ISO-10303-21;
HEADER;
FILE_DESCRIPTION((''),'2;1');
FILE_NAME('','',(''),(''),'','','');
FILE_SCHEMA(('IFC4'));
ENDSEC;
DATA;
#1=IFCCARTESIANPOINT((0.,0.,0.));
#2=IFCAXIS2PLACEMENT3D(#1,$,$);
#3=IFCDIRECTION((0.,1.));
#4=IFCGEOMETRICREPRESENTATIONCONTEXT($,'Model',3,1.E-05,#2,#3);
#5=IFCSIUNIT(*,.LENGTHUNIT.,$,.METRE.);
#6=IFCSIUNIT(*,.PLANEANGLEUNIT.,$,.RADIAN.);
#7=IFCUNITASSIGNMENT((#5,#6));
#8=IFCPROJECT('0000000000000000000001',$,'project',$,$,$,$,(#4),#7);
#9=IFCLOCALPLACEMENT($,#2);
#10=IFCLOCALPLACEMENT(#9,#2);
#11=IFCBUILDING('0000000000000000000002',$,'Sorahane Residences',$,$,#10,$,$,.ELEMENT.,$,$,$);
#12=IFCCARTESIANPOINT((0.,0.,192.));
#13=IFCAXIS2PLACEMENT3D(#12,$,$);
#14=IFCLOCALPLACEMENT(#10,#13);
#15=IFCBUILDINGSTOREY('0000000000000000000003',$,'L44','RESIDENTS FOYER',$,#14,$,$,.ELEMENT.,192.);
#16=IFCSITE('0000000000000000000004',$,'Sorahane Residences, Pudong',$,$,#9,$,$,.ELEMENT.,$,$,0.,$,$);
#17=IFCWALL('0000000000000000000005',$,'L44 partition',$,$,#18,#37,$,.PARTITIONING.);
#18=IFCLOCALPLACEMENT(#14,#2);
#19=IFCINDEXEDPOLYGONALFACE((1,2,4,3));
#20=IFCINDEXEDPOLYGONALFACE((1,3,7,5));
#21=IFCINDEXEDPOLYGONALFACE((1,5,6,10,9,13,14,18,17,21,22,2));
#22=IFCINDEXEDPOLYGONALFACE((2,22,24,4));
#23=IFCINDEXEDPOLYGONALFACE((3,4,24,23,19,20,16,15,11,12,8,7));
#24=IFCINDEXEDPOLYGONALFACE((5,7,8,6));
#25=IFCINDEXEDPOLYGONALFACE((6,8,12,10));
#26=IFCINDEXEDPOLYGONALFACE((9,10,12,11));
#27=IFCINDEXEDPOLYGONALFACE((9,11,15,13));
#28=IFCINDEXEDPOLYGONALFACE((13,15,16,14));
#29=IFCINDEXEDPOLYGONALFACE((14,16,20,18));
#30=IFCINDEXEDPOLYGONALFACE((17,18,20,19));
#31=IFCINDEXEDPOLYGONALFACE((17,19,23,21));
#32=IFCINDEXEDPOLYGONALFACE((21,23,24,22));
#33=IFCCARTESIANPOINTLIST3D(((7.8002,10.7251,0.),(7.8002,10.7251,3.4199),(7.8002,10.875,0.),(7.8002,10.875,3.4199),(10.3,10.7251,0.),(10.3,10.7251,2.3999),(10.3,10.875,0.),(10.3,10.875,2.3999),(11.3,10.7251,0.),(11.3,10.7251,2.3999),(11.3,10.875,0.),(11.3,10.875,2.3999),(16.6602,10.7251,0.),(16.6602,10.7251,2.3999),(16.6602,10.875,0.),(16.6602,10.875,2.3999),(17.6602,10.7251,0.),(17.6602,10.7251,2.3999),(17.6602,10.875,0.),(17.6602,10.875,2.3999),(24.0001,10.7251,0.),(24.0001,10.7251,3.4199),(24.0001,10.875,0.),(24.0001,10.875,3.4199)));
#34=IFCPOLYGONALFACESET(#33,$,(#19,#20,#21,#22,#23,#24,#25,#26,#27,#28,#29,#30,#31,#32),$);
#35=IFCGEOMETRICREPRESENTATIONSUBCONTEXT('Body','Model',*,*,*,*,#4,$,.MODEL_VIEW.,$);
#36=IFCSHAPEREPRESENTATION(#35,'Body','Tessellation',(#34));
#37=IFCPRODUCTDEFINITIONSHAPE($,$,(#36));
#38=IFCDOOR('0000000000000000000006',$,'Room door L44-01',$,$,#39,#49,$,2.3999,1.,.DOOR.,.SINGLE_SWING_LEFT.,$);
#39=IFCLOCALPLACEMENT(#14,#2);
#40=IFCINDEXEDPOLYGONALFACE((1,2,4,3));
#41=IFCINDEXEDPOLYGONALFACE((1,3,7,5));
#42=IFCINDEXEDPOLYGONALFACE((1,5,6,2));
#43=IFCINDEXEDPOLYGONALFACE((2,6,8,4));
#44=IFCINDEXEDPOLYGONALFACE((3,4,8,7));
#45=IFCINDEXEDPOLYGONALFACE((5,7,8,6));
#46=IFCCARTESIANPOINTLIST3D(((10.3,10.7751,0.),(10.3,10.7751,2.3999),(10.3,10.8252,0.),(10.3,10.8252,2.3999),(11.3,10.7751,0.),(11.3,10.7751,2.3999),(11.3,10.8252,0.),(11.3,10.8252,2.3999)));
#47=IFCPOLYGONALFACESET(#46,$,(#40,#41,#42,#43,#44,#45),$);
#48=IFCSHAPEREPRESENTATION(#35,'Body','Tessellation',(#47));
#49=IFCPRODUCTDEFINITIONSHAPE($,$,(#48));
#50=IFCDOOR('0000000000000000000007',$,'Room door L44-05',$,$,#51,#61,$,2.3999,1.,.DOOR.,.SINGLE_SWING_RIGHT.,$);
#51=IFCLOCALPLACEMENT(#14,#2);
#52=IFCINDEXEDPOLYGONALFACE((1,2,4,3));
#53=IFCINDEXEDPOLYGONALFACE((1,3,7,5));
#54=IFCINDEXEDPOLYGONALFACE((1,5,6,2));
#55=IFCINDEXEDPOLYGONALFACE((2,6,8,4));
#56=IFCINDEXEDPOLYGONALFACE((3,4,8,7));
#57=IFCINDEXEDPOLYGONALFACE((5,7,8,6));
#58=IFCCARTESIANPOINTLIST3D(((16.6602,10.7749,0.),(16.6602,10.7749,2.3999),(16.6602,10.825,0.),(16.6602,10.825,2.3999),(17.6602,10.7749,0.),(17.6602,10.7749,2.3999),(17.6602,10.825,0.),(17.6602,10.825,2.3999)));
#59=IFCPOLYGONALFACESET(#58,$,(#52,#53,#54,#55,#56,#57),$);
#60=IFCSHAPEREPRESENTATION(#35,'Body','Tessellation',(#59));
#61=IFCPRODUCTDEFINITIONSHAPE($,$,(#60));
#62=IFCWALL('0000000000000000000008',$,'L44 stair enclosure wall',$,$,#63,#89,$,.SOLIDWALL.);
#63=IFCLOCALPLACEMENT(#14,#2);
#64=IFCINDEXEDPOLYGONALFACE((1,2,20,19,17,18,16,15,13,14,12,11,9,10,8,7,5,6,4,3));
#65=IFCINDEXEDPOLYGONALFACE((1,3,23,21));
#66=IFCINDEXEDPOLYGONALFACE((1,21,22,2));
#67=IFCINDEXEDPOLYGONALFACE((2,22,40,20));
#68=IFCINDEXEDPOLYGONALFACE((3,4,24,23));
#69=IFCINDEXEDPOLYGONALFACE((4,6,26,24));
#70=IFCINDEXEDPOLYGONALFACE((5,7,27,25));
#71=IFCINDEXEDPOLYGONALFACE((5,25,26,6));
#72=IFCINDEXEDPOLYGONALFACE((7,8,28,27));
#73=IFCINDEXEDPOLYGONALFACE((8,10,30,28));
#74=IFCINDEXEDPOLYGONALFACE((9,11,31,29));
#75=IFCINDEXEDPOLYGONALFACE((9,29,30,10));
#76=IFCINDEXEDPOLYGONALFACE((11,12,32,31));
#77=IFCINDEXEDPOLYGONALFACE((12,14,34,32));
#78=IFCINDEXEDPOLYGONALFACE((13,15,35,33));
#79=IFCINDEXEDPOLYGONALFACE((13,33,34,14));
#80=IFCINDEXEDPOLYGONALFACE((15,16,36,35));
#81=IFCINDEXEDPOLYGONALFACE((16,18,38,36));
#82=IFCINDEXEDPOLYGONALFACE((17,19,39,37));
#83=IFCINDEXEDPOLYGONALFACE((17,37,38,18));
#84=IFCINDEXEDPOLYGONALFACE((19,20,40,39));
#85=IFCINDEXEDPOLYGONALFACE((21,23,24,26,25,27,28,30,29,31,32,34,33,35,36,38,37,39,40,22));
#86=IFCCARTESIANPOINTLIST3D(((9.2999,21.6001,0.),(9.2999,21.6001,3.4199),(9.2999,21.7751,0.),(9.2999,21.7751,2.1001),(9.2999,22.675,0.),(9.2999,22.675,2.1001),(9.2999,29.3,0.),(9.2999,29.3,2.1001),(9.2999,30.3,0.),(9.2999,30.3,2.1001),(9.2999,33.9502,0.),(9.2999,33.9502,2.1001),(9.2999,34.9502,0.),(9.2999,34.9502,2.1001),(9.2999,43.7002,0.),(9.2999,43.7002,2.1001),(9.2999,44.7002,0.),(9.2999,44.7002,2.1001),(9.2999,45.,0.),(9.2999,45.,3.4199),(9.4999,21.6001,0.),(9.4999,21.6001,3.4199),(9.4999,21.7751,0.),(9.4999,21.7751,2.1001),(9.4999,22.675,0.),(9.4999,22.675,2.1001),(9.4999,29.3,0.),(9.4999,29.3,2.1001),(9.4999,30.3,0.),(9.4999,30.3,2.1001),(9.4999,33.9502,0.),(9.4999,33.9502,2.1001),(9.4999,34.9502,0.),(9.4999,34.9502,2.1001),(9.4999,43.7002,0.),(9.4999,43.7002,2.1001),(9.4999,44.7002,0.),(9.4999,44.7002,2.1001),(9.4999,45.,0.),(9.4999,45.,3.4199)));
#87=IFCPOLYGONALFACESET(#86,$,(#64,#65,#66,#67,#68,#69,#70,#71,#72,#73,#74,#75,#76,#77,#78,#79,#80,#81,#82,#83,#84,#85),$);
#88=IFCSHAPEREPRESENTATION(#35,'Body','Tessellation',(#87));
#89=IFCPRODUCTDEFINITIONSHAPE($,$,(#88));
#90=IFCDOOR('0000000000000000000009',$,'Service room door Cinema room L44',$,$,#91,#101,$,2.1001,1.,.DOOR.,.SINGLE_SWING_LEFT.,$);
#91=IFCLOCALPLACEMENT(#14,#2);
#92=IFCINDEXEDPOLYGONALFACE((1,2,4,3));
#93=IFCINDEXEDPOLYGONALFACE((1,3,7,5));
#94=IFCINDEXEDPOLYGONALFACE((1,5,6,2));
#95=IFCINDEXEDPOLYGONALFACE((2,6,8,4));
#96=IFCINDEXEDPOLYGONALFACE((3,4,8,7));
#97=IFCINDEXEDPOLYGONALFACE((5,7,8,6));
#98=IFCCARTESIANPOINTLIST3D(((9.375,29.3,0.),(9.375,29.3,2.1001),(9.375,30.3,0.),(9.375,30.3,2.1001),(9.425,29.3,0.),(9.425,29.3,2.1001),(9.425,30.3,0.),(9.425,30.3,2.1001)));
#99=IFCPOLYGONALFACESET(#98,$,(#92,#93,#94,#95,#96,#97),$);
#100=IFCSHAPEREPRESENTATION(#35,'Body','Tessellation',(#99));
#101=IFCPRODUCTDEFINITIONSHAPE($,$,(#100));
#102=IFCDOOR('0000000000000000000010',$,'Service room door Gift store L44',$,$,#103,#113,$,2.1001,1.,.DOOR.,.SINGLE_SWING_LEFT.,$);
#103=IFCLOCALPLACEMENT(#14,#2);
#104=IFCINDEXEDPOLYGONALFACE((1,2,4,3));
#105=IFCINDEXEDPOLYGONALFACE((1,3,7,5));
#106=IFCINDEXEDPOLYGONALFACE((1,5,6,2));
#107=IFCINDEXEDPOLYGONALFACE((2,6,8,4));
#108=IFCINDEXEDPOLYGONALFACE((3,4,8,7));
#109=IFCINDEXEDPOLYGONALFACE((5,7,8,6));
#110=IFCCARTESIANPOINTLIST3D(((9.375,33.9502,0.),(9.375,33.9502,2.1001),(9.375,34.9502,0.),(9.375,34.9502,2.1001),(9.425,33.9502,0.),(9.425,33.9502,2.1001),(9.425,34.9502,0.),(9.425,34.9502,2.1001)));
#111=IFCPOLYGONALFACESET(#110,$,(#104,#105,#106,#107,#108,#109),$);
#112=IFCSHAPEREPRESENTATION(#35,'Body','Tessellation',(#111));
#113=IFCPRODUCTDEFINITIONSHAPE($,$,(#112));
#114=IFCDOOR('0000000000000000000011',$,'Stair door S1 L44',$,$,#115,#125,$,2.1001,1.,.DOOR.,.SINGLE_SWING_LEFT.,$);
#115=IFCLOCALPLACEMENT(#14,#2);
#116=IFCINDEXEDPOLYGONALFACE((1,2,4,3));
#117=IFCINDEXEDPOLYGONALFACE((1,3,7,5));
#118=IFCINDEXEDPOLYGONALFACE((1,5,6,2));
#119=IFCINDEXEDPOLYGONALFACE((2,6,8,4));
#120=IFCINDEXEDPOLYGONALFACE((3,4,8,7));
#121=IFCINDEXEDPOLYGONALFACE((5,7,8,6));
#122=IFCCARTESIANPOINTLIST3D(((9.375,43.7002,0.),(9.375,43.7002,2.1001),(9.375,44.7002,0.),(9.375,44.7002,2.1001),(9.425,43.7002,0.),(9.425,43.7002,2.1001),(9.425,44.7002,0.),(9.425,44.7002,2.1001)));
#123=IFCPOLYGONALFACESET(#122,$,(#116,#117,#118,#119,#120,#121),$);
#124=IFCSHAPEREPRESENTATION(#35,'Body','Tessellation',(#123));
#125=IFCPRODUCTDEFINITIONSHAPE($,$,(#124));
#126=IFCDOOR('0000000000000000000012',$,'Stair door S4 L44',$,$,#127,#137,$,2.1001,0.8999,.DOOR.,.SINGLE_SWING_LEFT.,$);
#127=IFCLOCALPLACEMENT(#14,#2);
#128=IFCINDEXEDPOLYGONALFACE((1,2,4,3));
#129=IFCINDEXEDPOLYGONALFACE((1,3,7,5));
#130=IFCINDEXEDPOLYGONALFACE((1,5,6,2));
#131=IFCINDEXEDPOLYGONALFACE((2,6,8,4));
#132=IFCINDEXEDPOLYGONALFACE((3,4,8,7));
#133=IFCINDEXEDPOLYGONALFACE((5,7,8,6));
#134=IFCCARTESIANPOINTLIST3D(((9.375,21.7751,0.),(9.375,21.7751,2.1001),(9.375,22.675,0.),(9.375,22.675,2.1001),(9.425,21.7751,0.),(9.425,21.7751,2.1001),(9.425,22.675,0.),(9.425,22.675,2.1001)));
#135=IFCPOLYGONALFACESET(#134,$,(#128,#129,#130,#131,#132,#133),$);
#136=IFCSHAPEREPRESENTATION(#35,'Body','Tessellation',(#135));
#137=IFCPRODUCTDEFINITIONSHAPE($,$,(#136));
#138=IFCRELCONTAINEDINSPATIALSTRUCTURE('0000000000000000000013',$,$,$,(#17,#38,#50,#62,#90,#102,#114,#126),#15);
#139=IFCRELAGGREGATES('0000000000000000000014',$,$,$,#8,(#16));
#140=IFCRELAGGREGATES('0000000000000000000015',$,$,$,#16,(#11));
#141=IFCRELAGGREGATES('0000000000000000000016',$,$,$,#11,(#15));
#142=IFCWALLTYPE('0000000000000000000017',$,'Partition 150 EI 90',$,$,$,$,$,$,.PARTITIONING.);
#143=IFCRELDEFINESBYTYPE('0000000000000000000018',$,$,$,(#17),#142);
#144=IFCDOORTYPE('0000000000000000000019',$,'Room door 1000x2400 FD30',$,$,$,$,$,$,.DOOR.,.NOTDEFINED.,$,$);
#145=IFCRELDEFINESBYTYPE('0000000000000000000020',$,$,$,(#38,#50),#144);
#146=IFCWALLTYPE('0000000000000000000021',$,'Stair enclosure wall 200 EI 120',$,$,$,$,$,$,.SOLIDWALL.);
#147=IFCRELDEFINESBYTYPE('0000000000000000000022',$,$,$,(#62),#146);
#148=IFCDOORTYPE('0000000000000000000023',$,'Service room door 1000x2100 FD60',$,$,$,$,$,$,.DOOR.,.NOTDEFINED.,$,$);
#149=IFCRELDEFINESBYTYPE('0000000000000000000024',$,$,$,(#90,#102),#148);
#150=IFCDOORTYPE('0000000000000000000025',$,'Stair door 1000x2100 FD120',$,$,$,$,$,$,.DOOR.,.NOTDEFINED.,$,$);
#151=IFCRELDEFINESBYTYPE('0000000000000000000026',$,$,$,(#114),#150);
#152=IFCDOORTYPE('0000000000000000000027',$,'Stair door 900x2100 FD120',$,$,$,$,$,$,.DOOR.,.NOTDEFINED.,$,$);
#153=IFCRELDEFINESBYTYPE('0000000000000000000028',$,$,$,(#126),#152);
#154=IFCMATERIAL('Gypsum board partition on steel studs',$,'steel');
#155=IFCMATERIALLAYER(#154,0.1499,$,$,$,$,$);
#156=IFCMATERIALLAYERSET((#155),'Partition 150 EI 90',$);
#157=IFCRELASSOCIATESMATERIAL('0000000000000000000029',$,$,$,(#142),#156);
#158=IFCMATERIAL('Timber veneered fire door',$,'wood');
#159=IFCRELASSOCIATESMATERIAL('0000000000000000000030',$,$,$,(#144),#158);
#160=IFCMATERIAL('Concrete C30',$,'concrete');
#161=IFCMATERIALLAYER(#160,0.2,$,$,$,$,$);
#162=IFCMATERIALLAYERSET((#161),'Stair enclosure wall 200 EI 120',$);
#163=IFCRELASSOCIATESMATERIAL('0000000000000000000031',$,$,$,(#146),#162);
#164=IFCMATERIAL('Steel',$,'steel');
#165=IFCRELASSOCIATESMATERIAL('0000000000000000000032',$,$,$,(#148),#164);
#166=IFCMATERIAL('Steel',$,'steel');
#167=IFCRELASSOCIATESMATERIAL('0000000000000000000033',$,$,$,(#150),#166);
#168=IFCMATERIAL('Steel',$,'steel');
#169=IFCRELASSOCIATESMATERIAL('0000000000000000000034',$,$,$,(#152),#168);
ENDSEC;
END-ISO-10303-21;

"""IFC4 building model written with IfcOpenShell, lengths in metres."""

from ifc_helpers import new_model, si_unit, direction, frame, frame_2d, origin, place, context, subcontext, project, spatial, rectangle, extrude, material, layer, layer_set, type_object, element, fill, save


model = new_model("IFC4")

# Units and contexts
model_context = context("Model", 3, precision=1e-05, world=origin(), true_north=direction((0.0, 1.0)))
body_context = subcontext(model_context, "Body", "Model", "MODEL_VIEW")
ifc_project = project(units=[si_unit("LENGTHUNIT", "METRE"), si_unit("PLANEANGLEUNIT", "RADIAN")], contexts=[model_context])

# Site, building, storey
site_placement = place(None, origin())
site = spatial("IfcSite", under=ifc_project, at=site_placement, Name="Sorahane Residences, Pudong", CompositionType="ELEMENT", RefElevation=0.0)
building_placement = place(site_placement, origin())
building = spatial("IfcBuilding", under=site, at=building_placement, Name="Sorahane Residences", CompositionType="ELEMENT")
storey_placement = place(building_placement, frame((0.0, 0.0, 192.0)))
storey = spatial("IfcBuildingStorey", under=building, at=storey_placement, Name="L44", Description="RESIDENTS FOYER", CompositionType="ELEMENT", Elevation=192.0)

# Shared definitions
ifc_material_1 = material(Name="Gypsum board partition on steel studs", Category="steel")
ifc_layer_1 = layer(ifc_material_1, 0.1499)
ifc_layer_set_1 = layer_set([ifc_layer_1], Name="Partition 150 EI 90")
wall_type_1 = type_object("IfcWallType", Name="Partition 150 EI 90", PredefinedType="PARTITIONING", material=ifc_layer_set_1)

# Walls, openings, doors
wall_1_placement = place(storey_placement, frame((7.8, 10.8, 0.0), z_axis=(0.0, 0.0, 1.0), x_axis=(1.0, 0.0, 0.0)))
wall_1 = element("IfcWall", 1, at=wall_1_placement, inside=storey, type_object=wall_type_1, Name="L44 partition", PredefinedType="PARTITIONING", context=body_context, shape_type="SweptSolid", body=[
    extrude(rectangle(XDim=16.2, YDim=0.1499, at=frame_2d((8.1001, 0.0))), origin(), (0.0, 0.0, 1.0), 3.4199),
])
opening_1_placement = place(wall_1_placement, frame((2.5, 0.0, 0.0)))
opening_1 = element("IfcOpeningElement", 2, at=opening_1_placement, cuts=wall_1, PredefinedType="OPENING", context=body_context, shape_type="SweptSolid", body=[
    extrude(rectangle(XDim=1.0, YDim=2.3999, at=frame_2d((0.5, 1.2))), frame((0.0, 0.085, 0.0), z_axis=(0.0, -1.0, 0.0), x_axis=(1.0, 0.0, 0.0)), (0.0, 0.0, 1.0), 0.1699),
])
opening_2_placement = place(wall_1_placement, frame((8.8601, 0.0, 0.0)))
opening_2 = element("IfcOpeningElement", 3, at=opening_2_placement, cuts=wall_1, PredefinedType="OPENING", context=body_context, shape_type="SweptSolid", body=[
    extrude(rectangle(XDim=1.0, YDim=2.3999, at=frame_2d((0.5, 1.2))), frame((0.0, 0.085, 0.0), z_axis=(0.0, -1.0, 0.0), x_axis=(1.0, 0.0, 0.0)), (0.0, 0.0, 1.0), 0.1699),
])
ifc_material_2 = material(Name="Timber veneered fire door", Category="wood")
door_type_1 = type_object("IfcDoorType", Name="Room door 1000x2400 FD30", OperationType="NOTDEFINED", PredefinedType="DOOR", material=ifc_material_2)
door_1_placement = place(opening_1_placement, frame((1.0, 0.0, 0.0), z_axis=(0.0, 0.0, 1.0), x_axis=(-1.0, 0.0, 0.0)))
door_1 = element("IfcDoor", 4, at=door_1_placement, inside=storey, type_object=door_type_1, Name="Room door L44-01", OperationType="SINGLE_SWING_LEFT", OverallHeight=2.3999, OverallWidth=1.0, PredefinedType="DOOR", context=body_context, shape_type="SweptSolid", body=[
    extrude(rectangle(XDim=1.0, YDim=2.3999, at=frame_2d((0.5, 1.2))), frame((0.0, 0.0249, 0.0), z_axis=(0.0, -1.0, 0.0), x_axis=(1.0, 0.0, 0.0)), (0.0, 0.0, 1.0), 0.05),
])
fill(opening_1, door_1)
door_2_placement = place(opening_2_placement, origin())
door_2 = element("IfcDoor", 5, at=door_2_placement, inside=storey, type_object=door_type_1, Name="Room door L44-05", OperationType="SINGLE_SWING_RIGHT", OverallHeight=2.3999, OverallWidth=1.0, PredefinedType="DOOR", context=body_context, shape_type="SweptSolid", body=[
    extrude(rectangle(XDim=1.0, YDim=2.3999, at=frame_2d((0.5, 1.2))), frame((0.0, 0.0249, 0.0), z_axis=(0.0, -1.0, 0.0), x_axis=(1.0, 0.0, 0.0)), (0.0, 0.0, 1.0), 0.05),
])
fill(opening_2, door_2)
ifc_material_3 = material(Name="Concrete C30", Category="concrete")
ifc_layer_2 = layer(ifc_material_3, 0.2)
ifc_layer_set_2 = layer_set([ifc_layer_2], Name="Stair enclosure wall 200 EI 120")
wall_type_2 = type_object("IfcWallType", Name="Stair enclosure wall 200 EI 120", PredefinedType="SOLIDWALL", material=ifc_layer_set_2)
wall_2_placement = place(storey_placement, frame((9.3999, 21.6001, 0.0), z_axis=(0.0, 0.0, 1.0), x_axis=(0.0, 1.0, 0.0)))
wall_2 = element("IfcWall", 6, at=wall_2_placement, inside=storey, type_object=wall_type_2, Name="L44 stair enclosure wall", PredefinedType="SOLIDWALL", context=body_context, shape_type="SweptSolid", body=[
    extrude(rectangle(XDim=23.3999, YDim=0.2, at=frame_2d((11.7, 0.0))), origin(), (0.0, 0.0, 1.0), 3.4199),
])
opening_3_placement = place(wall_2_placement, frame((7.7, 0.0, 0.0)))
opening_3 = element("IfcOpeningElement", 7, at=opening_3_placement, cuts=wall_2, PredefinedType="OPENING", context=body_context, shape_type="SweptSolid", body=[
    extrude(rectangle(XDim=1.0, YDim=2.1001, at=frame_2d((0.5, 1.05))), frame((0.0, 0.1099, 0.0), z_axis=(0.0, -1.0, 0.0), x_axis=(1.0, 0.0, 0.0)), (0.0, 0.0, 1.0), 0.22),
])
opening_4_placement = place(wall_2_placement, frame((12.3501, 0.0, 0.0)))
opening_4 = element("IfcOpeningElement", 8, at=opening_4_placement, cuts=wall_2, PredefinedType="OPENING", context=body_context, shape_type="SweptSolid", body=[
    extrude(rectangle(XDim=1.0, YDim=2.1001, at=frame_2d((0.5, 1.05))), frame((0.0, 0.1099, 0.0), z_axis=(0.0, -1.0, 0.0), x_axis=(1.0, 0.0, 0.0)), (0.0, 0.0, 1.0), 0.22),
])
opening_5_placement = place(wall_2_placement, frame((22.1001, 0.0, 0.0)))
opening_5 = element("IfcOpeningElement", 9, at=opening_5_placement, cuts=wall_2, PredefinedType="OPENING", context=body_context, shape_type="SweptSolid", body=[
    extrude(rectangle(XDim=1.0, YDim=2.1001, at=frame_2d((0.5, 1.05))), frame((0.0, 0.1099, 0.0), z_axis=(0.0, -1.0, 0.0), x_axis=(1.0, 0.0, 0.0)), (0.0, 0.0, 1.0), 0.22),
])
opening_6_placement = place(wall_2_placement, frame((0.175, 0.0, 0.0)))
opening_6 = element("IfcOpeningElement", 10, at=opening_6_placement, cuts=wall_2, PredefinedType="OPENING", context=body_context, shape_type="SweptSolid", body=[
    extrude(rectangle(XDim=0.8999, YDim=2.1001, at=frame_2d((0.45, 1.05))), frame((0.0, 0.1099, 0.0), z_axis=(0.0, -1.0, 0.0), x_axis=(1.0, 0.0, 0.0)), (0.0, 0.0, 1.0), 0.22),
])
ifc_material_4 = material(Name="Steel", Category="steel")
door_type_2 = type_object("IfcDoorType", Name="Service room door 1000x2100 FD60", OperationType="NOTDEFINED", PredefinedType="DOOR", material=ifc_material_4)
door_3_placement = place(opening_3_placement, origin())
door_3 = element("IfcDoor", 11, at=door_3_placement, inside=storey, type_object=door_type_2, Name="Service room door Cinema room L44", OperationType="SINGLE_SWING_LEFT", OverallHeight=2.1001, OverallWidth=1.0, PredefinedType="DOOR", context=body_context, shape_type="SweptSolid", body=[
    extrude(rectangle(XDim=1.0, YDim=2.1001, at=frame_2d((0.5, 1.05))), frame((0.0, 0.0249, 0.0), z_axis=(0.0, -1.0, 0.0), x_axis=(1.0, 0.0, 0.0)), (0.0, 0.0, 1.0), 0.05),
])
fill(opening_3, door_3)
door_4_placement = place(opening_4_placement, origin())
door_4 = element("IfcDoor", 12, at=door_4_placement, inside=storey, type_object=door_type_2, Name="Service room door Gift store L44", OperationType="SINGLE_SWING_LEFT", OverallHeight=2.1001, OverallWidth=1.0, PredefinedType="DOOR", context=body_context, shape_type="SweptSolid", body=[
    extrude(rectangle(XDim=1.0, YDim=2.1001, at=frame_2d((0.5, 1.05))), frame((0.0, 0.0249, 0.0), z_axis=(0.0, -1.0, 0.0), x_axis=(1.0, 0.0, 0.0)), (0.0, 0.0, 1.0), 0.05),
])
fill(opening_4, door_4)
ifc_material_5 = material(Name="Steel", Category="steel")
door_type_3 = type_object("IfcDoorType", Name="Stair door 1000x2100 FD120", OperationType="NOTDEFINED", PredefinedType="DOOR", material=ifc_material_5)
door_5_placement = place(opening_5_placement, origin())
door_5 = element("IfcDoor", 13, at=door_5_placement, inside=storey, type_object=door_type_3, Name="Stair door S1 L44", OperationType="SINGLE_SWING_LEFT", OverallHeight=2.1001, OverallWidth=1.0, PredefinedType="DOOR", context=body_context, shape_type="SweptSolid", body=[
    extrude(rectangle(XDim=1.0, YDim=2.1001, at=frame_2d((0.5, 1.05))), frame((0.0, 0.0249, 0.0), z_axis=(0.0, -1.0, 0.0), x_axis=(1.0, 0.0, 0.0)), (0.0, 0.0, 1.0), 0.05),
])
fill(opening_5, door_5)
ifc_material_6 = material(Name="Steel", Category="steel")
door_type_4 = type_object("IfcDoorType", Name="Stair door 900x2100 FD120", OperationType="NOTDEFINED", PredefinedType="DOOR", material=ifc_material_6)
door_6_placement = place(opening_6_placement, origin())
door_6 = element("IfcDoor", 14, at=door_6_placement, inside=storey, type_object=door_type_4, Name="Stair door S4 L44", OperationType="SINGLE_SWING_LEFT", OverallHeight=2.1001, OverallWidth=0.8999, PredefinedType="DOOR", context=body_context, shape_type="SweptSolid", body=[
    extrude(rectangle(XDim=0.8999, YDim=2.1001, at=frame_2d((0.45, 1.05))), frame((0.0, 0.0249, 0.0), z_axis=(0.0, -1.0, 0.0), x_axis=(1.0, 0.0, 0.0)), (0.0, 0.0, 1.0), 0.05),
])
fill(opening_6, door_6)

save(model, "model.ifc")
